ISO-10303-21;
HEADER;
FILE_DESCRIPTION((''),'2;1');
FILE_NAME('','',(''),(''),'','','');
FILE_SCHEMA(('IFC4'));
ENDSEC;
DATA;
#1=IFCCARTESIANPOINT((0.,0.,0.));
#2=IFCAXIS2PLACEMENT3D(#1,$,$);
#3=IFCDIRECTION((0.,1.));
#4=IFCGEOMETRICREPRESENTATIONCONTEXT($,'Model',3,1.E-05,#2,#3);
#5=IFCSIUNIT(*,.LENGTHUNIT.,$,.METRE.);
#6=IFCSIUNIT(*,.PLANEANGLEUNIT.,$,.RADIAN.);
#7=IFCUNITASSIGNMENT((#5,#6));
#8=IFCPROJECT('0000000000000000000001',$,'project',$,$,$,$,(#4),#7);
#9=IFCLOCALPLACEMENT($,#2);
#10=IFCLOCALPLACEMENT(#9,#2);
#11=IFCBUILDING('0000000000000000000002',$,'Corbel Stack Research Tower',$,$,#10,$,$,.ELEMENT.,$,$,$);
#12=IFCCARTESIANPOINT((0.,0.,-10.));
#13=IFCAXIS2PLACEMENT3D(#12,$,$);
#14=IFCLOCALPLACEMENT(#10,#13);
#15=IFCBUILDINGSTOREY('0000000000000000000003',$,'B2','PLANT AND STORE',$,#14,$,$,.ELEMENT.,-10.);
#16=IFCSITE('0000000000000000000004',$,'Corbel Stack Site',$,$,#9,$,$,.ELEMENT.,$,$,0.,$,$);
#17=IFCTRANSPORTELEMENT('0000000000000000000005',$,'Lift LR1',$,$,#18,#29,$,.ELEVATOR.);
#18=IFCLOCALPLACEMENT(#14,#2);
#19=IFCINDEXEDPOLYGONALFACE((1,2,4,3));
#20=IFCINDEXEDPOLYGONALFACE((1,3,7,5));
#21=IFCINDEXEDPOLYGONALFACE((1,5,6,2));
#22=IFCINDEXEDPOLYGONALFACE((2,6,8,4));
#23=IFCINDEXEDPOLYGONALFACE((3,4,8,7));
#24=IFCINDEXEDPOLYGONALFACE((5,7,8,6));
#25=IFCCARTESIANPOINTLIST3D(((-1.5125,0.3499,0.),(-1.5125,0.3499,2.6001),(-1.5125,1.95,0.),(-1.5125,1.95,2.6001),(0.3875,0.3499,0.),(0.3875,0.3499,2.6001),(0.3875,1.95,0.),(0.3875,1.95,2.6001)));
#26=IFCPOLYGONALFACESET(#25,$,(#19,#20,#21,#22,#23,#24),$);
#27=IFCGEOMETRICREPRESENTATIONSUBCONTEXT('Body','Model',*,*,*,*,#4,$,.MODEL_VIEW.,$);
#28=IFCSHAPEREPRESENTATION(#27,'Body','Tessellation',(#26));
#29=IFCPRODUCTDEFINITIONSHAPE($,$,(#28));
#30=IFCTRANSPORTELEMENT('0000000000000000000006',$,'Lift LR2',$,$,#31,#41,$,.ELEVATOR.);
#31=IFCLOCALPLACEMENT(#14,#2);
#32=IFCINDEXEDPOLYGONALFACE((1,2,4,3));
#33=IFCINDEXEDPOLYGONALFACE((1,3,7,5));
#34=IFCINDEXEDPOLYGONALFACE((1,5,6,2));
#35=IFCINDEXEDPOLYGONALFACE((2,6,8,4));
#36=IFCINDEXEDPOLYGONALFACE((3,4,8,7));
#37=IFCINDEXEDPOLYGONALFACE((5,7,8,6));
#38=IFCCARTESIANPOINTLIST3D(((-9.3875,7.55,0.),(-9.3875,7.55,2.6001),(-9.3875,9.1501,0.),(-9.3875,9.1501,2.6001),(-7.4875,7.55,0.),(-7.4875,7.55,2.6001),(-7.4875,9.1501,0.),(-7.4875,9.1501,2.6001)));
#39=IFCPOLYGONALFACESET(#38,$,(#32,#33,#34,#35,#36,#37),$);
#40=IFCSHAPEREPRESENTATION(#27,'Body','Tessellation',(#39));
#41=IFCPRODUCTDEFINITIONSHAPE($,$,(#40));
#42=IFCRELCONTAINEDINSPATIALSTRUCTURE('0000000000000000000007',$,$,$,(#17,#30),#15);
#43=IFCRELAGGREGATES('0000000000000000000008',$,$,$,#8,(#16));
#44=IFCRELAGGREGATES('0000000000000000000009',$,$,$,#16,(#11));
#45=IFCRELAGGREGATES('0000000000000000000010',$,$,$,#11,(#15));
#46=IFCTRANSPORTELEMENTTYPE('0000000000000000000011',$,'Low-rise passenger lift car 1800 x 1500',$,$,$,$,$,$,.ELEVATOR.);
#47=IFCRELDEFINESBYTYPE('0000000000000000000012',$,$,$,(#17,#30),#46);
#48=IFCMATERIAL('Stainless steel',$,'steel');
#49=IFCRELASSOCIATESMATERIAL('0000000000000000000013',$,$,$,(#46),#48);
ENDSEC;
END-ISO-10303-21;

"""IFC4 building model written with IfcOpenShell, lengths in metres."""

from ifc_helpers import new_model, si_unit, direction, frame, origin, origin_2d, place, context, subcontext, project, spatial, rectangle, extrude, material, type_object, element, save


model = new_model("IFC4")

# Units and contexts
model_context = context("Model", 3, precision=1e-05, world=origin(), true_north=direction((0.0, 1.0)))
body_context = subcontext(model_context, "Body", "Model", "MODEL_VIEW")
ifc_project = project(units=[si_unit("LENGTHUNIT", "METRE"), si_unit("PLANEANGLEUNIT", "RADIAN")], contexts=[model_context])

# Site, building, storey
site_placement = place(None, origin())
site = spatial("IfcSite", under=ifc_project, at=site_placement, Name="Corbel Stack Site", CompositionType="ELEMENT", RefElevation=0.0)
building_placement = place(site_placement, origin())
building = spatial("IfcBuilding", under=site, at=building_placement, Name="Corbel Stack Research Tower", CompositionType="ELEMENT")
storey_placement = place(building_placement, frame((0.0, 0.0, -10.0)))
storey = spatial("IfcBuildingStorey", under=building, at=storey_placement, Name="B2", Description="PLANT AND STORE", CompositionType="ELEMENT", Elevation=-10.0)

# Transport elements
ifc_material_1 = material(Name="Stainless steel", Category="steel")
transport_element_type_1 = type_object("IfcTransportElementType", Name="Low-rise passenger lift car 1800 x 1500", PredefinedType="ELEVATOR", material=ifc_material_1)
for number, where, z_axis, x_axis, name in (
    (1, (-0.5625, 1.1499, 0.0), (0.0, 0.0, 1.0), (1.0, 0.0, 0.0), "Lift LR1"),
    (2, (-8.4375, 8.3501, 0.0), (0.0, 0.0, 1.0), (1.0, 0.0, 0.0), "Lift LR2"),
):
    element("IfcTransportElement", number, at=place(storey_placement, frame(where, z_axis=z_axis, x_axis=x_axis)), inside=storey, type_object=transport_element_type_1, Name=name, PredefinedType="ELEVATOR", context=body_context, shape_type="SweptSolid", body=[
        extrude(rectangle(XDim=1.8999, YDim=1.6001, at=origin_2d()), origin(), (0.0, 0.0, 1.0), 2.6001),
    ])

save(model, "model.ifc")
